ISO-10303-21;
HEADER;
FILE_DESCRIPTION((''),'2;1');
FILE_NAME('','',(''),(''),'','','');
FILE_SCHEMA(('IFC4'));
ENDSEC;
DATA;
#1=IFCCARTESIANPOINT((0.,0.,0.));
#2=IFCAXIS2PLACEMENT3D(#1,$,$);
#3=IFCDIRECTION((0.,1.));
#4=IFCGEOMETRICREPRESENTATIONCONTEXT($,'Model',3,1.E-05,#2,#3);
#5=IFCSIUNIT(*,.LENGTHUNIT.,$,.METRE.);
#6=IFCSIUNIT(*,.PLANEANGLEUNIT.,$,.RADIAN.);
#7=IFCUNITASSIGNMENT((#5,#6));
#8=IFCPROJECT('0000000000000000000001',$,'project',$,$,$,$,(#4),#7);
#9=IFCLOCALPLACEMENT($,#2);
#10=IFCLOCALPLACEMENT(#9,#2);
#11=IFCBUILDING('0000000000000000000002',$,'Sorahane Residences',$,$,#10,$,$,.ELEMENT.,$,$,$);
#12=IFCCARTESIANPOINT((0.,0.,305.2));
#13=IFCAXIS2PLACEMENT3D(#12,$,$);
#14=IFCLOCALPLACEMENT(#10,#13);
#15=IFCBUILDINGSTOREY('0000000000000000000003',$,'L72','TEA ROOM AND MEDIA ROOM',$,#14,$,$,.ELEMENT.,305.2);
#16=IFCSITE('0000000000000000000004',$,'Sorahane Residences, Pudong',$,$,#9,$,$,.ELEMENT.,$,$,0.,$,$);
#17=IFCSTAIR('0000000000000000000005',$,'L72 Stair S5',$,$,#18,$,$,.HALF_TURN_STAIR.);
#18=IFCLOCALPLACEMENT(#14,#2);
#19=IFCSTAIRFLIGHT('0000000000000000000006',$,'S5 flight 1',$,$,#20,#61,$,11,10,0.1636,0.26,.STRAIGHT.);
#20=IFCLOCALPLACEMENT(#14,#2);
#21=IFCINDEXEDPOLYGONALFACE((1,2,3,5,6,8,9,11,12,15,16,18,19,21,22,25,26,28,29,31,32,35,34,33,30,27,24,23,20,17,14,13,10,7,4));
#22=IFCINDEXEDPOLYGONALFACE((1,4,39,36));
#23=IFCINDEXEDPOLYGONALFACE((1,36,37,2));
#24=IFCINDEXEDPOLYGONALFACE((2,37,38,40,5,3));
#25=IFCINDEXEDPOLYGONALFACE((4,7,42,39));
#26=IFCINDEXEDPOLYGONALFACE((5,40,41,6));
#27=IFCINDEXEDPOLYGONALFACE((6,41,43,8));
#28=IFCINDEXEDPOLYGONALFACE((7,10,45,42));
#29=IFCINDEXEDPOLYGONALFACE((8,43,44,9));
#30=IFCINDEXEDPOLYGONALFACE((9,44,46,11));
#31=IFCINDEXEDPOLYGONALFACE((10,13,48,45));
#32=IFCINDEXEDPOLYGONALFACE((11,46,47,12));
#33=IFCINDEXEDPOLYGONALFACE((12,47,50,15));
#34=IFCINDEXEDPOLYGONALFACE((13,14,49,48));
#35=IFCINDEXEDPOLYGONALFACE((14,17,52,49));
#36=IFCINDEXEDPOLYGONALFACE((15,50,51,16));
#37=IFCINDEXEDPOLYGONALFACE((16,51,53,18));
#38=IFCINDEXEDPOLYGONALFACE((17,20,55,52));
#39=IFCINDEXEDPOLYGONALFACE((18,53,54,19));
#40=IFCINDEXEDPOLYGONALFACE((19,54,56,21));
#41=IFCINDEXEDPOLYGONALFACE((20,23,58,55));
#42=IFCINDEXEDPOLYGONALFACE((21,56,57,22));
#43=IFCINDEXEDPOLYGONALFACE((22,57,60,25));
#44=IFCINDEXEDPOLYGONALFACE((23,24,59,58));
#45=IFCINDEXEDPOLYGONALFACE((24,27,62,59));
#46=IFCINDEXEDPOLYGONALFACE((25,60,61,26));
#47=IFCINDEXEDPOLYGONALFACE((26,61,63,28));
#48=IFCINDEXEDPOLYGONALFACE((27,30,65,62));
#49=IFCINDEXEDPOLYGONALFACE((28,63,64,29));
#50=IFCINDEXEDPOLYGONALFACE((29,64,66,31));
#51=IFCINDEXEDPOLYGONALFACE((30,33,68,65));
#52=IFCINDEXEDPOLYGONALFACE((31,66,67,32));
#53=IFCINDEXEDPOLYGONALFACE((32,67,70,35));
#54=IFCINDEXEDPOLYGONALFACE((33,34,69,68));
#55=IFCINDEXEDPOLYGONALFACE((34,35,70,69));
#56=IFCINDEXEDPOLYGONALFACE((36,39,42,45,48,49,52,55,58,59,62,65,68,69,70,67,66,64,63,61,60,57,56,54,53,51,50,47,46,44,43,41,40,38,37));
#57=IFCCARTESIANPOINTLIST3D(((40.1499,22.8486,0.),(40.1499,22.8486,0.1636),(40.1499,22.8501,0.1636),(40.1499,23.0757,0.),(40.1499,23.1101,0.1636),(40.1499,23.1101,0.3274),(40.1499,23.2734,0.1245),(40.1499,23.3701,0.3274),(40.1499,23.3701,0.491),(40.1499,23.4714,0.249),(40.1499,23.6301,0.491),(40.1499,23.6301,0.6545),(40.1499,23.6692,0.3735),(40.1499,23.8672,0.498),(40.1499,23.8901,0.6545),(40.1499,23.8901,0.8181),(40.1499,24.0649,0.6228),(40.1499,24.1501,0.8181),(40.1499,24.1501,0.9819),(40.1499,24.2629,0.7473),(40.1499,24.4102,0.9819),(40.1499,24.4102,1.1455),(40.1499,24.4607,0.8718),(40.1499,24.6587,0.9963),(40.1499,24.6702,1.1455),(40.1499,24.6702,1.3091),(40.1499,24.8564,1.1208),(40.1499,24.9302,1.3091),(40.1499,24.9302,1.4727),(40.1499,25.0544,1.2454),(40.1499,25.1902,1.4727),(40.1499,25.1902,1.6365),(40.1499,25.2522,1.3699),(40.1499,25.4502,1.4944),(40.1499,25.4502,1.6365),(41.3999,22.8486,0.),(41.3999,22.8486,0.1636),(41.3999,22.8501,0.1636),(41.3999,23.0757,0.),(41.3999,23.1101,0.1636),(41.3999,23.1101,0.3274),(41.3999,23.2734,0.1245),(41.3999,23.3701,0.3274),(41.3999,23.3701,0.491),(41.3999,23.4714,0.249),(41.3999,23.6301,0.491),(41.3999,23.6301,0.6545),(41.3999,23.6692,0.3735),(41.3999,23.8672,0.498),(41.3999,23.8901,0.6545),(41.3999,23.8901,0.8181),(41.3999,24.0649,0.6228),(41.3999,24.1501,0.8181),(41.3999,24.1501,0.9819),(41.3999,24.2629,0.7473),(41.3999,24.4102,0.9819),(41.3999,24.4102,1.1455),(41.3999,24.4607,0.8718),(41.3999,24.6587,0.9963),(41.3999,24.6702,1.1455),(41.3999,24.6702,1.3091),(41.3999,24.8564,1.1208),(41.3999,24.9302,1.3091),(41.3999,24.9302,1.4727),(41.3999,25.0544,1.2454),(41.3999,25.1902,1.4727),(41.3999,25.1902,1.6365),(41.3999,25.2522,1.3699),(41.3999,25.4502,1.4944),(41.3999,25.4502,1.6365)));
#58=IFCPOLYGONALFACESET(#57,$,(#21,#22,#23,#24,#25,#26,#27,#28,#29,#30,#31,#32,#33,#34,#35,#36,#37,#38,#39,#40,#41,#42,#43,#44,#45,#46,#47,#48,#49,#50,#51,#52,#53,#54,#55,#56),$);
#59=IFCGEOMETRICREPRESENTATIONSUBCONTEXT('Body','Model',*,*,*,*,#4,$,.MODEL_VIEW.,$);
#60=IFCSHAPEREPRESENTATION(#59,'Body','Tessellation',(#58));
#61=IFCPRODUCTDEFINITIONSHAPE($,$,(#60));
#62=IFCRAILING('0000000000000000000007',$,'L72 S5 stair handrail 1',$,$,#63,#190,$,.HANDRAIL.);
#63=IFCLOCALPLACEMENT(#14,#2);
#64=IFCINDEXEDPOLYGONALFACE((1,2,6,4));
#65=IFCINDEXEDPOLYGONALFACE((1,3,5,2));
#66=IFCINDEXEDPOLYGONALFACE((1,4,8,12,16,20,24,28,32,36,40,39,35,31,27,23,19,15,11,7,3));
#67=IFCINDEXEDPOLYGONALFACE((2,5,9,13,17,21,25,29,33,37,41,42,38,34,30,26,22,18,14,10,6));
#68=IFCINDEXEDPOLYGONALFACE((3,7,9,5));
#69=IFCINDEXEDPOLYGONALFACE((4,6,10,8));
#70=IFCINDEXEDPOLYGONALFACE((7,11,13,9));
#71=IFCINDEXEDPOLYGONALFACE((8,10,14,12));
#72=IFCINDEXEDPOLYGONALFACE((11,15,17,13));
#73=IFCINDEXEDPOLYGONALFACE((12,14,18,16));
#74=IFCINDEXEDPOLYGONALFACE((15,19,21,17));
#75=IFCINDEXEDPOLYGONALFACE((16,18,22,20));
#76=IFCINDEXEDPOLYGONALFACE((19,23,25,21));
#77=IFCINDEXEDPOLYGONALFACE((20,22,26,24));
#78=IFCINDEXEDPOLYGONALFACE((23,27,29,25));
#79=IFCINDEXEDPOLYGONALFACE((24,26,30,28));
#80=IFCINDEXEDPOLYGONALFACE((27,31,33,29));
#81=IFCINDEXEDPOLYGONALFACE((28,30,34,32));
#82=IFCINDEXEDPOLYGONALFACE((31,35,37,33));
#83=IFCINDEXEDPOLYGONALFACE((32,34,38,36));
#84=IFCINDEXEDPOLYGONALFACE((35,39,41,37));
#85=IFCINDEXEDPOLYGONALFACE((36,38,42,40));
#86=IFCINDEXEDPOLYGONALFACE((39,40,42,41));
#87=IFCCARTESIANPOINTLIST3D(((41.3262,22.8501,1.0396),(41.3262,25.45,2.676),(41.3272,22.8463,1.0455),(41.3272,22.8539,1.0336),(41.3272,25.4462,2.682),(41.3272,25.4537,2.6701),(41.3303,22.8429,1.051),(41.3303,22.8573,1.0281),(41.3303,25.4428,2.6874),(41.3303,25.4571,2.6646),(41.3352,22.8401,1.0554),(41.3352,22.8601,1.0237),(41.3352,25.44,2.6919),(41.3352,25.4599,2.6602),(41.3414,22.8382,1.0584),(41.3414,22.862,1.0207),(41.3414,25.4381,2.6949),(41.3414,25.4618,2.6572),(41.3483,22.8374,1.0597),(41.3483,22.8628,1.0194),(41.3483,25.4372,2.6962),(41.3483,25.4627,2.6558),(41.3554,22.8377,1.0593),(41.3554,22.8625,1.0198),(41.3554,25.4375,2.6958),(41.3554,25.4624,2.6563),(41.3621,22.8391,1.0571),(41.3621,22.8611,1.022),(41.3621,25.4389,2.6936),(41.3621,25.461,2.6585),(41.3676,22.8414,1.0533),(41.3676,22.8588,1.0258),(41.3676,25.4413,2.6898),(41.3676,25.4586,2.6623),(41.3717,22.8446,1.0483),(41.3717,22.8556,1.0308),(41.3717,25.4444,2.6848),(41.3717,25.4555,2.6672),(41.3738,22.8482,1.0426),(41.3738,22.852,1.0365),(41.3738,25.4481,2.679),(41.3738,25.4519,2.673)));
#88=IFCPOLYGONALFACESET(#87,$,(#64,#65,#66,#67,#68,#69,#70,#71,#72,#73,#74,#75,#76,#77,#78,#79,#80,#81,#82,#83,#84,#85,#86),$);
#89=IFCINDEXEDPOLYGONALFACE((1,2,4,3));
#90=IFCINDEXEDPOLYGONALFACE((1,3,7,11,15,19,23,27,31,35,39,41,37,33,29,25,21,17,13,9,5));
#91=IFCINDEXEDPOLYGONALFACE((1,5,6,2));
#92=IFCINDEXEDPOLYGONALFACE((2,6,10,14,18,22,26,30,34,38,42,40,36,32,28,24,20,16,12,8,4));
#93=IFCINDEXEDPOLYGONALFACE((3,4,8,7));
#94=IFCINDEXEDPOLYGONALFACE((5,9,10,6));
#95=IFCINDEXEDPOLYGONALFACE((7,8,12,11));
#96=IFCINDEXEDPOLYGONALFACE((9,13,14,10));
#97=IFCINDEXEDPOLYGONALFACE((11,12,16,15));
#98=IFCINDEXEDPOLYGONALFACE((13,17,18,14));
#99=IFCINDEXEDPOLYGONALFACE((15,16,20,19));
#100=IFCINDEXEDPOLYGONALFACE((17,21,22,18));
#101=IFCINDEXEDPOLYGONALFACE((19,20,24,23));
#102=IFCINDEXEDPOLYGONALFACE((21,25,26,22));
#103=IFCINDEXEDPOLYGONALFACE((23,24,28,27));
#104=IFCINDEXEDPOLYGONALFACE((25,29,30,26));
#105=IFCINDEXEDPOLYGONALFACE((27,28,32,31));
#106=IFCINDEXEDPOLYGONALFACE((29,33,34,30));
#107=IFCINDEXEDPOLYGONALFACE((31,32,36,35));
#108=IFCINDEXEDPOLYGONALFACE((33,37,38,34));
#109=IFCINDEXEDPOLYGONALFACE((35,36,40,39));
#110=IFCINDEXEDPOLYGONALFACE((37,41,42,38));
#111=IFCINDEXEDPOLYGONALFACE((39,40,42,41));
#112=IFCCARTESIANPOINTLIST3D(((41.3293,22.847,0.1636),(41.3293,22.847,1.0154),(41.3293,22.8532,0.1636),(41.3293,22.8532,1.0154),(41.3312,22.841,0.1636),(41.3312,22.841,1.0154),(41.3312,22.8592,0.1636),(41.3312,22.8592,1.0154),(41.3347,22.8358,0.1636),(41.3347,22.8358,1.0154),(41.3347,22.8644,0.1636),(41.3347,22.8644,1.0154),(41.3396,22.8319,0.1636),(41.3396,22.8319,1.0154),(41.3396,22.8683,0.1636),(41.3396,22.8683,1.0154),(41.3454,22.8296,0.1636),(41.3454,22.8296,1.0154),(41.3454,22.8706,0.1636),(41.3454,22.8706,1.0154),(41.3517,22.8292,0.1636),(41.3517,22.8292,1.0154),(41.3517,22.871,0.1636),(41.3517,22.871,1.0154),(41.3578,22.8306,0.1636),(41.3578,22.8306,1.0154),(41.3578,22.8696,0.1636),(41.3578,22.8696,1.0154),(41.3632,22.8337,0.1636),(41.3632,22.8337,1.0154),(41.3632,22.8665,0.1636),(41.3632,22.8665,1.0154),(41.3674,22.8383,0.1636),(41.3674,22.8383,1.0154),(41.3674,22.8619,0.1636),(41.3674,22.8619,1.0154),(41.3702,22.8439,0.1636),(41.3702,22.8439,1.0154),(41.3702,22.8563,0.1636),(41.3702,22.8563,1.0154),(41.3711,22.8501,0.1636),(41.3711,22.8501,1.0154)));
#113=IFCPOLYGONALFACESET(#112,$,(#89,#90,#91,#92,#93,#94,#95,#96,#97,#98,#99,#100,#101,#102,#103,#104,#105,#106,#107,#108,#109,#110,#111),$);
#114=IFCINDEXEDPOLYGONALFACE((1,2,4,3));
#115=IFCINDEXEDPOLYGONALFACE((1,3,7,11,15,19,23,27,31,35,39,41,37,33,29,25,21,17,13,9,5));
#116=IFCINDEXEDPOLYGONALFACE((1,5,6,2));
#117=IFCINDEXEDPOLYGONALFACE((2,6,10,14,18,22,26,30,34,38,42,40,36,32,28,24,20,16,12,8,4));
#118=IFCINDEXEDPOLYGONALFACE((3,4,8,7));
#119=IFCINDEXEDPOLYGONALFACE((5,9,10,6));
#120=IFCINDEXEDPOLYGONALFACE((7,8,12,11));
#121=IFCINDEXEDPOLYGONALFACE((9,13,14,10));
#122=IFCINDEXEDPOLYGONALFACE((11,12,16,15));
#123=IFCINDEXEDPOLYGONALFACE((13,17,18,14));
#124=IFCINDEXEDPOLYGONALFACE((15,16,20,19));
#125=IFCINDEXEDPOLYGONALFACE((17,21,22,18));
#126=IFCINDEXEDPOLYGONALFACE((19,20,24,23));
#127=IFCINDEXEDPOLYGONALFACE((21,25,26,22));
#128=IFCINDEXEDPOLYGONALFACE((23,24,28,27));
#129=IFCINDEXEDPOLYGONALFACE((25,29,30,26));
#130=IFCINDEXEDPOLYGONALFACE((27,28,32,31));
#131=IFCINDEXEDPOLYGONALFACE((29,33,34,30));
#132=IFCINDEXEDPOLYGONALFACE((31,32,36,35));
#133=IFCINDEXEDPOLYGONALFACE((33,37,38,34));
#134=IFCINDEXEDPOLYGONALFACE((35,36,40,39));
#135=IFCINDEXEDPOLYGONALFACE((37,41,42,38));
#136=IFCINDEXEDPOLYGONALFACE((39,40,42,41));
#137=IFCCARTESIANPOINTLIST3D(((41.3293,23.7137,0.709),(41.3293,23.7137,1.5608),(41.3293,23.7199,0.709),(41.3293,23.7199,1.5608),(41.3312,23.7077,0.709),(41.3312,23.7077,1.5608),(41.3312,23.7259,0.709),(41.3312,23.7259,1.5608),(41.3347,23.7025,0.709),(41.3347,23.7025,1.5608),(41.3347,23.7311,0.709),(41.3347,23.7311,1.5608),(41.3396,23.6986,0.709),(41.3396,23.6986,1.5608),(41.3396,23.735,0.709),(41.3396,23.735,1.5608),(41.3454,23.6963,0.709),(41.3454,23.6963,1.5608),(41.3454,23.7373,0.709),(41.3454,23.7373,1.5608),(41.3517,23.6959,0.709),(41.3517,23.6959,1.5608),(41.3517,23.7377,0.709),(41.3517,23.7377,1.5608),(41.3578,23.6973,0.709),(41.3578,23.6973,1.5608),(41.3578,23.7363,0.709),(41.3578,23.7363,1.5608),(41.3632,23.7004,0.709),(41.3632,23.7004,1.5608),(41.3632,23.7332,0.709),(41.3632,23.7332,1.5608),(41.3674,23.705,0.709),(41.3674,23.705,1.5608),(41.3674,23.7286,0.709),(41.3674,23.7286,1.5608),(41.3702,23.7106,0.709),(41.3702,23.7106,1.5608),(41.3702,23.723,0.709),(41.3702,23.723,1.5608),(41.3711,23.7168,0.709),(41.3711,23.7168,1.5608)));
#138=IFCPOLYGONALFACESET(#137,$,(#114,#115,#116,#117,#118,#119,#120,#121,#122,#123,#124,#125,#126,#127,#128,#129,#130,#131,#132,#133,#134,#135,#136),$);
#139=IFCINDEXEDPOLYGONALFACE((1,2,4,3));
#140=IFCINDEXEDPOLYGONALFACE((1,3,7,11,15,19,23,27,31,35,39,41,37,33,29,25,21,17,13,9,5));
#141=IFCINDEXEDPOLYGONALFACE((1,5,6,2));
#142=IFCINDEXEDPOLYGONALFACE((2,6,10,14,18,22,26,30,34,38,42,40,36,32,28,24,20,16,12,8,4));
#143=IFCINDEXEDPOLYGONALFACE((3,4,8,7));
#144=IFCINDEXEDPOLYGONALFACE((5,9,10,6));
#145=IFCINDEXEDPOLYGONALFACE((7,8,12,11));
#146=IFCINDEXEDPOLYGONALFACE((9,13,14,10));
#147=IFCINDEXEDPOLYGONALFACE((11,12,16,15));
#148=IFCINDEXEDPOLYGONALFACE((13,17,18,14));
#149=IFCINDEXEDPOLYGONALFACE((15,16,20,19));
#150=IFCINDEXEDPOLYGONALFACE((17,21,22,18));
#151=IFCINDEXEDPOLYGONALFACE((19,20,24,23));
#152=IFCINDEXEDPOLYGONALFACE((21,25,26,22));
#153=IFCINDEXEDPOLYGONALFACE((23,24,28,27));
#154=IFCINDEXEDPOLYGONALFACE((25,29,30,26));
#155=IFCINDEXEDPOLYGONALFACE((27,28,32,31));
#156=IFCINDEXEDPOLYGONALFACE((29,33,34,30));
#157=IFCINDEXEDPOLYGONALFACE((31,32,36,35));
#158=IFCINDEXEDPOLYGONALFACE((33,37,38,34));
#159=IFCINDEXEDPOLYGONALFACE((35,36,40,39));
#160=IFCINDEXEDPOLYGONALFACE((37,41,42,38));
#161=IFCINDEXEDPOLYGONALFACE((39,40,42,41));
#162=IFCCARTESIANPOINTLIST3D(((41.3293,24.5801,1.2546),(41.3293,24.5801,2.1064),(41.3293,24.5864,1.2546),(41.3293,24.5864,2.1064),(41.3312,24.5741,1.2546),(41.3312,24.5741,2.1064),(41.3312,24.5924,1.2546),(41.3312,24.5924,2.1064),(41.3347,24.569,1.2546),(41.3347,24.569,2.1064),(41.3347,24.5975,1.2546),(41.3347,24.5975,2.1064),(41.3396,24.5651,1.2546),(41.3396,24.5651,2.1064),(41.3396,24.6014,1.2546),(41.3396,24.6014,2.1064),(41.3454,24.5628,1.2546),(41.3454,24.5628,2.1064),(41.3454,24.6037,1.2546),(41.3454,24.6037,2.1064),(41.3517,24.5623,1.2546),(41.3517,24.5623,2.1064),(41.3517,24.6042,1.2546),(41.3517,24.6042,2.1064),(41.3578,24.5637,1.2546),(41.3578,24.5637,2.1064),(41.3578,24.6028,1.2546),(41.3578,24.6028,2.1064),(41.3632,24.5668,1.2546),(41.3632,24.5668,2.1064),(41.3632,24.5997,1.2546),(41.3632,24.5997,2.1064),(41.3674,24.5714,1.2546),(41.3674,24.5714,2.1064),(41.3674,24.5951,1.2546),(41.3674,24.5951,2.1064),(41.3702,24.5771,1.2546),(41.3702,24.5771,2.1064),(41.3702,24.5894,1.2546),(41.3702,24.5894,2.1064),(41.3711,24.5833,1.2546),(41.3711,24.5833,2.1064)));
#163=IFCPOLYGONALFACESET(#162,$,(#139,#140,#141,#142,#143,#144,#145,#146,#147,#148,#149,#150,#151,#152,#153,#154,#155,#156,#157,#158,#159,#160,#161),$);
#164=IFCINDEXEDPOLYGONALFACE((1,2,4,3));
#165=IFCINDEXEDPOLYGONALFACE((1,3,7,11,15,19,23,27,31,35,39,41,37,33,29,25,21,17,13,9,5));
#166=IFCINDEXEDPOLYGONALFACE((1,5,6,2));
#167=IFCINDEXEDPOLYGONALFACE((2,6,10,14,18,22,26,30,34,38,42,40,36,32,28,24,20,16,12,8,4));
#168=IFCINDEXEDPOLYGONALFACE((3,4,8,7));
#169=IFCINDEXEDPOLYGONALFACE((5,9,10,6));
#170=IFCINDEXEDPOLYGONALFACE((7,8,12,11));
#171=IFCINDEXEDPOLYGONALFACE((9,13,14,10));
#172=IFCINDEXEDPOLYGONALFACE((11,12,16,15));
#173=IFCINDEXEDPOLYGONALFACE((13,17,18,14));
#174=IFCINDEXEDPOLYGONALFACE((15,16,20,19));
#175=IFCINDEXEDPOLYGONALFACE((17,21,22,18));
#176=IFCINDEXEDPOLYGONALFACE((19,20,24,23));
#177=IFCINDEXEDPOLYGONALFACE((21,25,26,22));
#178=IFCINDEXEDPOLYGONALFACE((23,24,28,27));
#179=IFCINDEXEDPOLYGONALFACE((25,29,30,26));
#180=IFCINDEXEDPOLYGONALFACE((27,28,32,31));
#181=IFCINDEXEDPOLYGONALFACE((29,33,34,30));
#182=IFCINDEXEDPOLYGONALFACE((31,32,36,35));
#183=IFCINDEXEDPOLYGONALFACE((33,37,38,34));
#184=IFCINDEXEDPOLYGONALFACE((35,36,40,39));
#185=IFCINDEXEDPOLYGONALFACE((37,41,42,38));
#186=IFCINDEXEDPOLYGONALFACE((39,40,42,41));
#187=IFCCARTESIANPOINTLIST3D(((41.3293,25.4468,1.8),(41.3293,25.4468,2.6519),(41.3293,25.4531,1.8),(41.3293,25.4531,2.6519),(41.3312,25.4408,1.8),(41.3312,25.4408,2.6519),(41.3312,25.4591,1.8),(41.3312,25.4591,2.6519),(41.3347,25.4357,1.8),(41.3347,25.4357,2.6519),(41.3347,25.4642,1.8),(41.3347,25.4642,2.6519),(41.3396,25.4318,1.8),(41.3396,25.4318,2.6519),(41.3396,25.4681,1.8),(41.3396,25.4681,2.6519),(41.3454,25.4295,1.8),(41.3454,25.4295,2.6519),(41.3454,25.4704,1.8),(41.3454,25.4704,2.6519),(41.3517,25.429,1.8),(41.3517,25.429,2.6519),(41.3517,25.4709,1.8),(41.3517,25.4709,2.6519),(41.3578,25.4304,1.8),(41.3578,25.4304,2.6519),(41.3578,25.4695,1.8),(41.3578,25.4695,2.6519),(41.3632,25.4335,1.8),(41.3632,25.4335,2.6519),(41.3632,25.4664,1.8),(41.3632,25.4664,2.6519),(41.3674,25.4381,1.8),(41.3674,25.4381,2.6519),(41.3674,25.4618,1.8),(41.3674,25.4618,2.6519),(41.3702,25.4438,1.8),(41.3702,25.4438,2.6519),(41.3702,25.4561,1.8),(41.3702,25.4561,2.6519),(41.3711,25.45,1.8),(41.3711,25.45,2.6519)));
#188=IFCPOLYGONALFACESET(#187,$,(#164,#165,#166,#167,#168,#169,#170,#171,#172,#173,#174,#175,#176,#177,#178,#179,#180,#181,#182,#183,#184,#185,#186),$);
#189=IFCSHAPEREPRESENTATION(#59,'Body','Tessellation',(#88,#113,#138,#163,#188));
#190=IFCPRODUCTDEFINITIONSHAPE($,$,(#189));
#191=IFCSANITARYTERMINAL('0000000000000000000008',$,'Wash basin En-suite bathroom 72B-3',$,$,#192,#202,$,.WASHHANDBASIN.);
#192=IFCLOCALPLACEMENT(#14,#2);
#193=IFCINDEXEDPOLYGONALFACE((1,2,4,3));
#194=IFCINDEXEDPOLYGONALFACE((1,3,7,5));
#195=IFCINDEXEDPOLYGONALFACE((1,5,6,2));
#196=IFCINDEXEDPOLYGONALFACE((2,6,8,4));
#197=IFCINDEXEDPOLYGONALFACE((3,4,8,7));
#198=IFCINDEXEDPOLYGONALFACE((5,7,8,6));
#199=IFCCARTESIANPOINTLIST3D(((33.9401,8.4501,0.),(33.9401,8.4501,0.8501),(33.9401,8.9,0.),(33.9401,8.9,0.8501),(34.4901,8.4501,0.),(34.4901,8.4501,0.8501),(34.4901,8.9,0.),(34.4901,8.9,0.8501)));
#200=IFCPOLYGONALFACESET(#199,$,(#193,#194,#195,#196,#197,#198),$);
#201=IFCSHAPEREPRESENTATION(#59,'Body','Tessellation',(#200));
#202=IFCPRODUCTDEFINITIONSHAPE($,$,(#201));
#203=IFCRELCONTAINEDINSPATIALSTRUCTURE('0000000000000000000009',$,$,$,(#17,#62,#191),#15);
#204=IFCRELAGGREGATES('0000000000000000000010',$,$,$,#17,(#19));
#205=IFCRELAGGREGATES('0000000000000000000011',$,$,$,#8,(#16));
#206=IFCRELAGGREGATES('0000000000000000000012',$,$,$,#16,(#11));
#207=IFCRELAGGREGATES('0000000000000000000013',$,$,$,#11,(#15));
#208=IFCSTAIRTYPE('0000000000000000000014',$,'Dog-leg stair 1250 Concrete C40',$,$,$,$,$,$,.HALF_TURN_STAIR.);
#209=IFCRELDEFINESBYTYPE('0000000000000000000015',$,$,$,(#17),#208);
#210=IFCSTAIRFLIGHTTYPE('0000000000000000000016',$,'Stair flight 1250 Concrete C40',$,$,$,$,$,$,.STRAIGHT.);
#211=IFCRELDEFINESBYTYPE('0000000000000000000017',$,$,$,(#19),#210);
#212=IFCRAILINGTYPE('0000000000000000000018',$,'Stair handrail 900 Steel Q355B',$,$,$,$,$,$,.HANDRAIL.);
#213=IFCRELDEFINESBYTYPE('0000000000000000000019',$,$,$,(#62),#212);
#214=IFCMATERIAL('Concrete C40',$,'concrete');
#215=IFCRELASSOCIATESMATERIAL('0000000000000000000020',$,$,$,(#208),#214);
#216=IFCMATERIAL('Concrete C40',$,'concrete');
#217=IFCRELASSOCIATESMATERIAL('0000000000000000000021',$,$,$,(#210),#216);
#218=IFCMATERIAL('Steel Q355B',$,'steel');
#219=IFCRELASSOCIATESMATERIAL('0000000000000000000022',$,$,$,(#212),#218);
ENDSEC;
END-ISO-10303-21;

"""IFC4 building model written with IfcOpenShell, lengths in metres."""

from ifc_helpers import new_model, si_unit, direction, frame, origin, origin_2d, place, context, subcontext, project, spatial, polyline, rectangle, circle, outline, extrude, material, type_object, element, aggregate, save


model = new_model("IFC4")

# Units and contexts
model_context = context("Model", 3, precision=1e-05, world=origin(), true_north=direction((0.0, 1.0)))
body_context = subcontext(model_context, "Body", "Model", "MODEL_VIEW")
ifc_project = project(units=[si_unit("LENGTHUNIT", "METRE"), si_unit("PLANEANGLEUNIT", "RADIAN")], contexts=[model_context])

# Site, building, storey
site_placement = place(None, origin())
site = spatial("IfcSite", under=ifc_project, at=site_placement, Name="Sorahane Residences, Pudong", CompositionType="ELEMENT", RefElevation=0.0)
building_placement = place(site_placement, origin())
building = spatial("IfcBuilding", under=site, at=building_placement, Name="Sorahane Residences", CompositionType="ELEMENT")
storey_placement = place(building_placement, frame((0.0, 0.0, 305.2)))
storey = spatial("IfcBuildingStorey", under=building, at=storey_placement, Name="L72", Description="TEA ROOM AND MEDIA ROOM", CompositionType="ELEMENT", Elevation=305.2)

# Stair, stair flight
ifc_material_1 = material(Name="Concrete C40", Category="concrete")
stair_type = type_object("IfcStairType", Name="Dog-leg stair 1250 Concrete C40", PredefinedType="HALF_TURN_STAIR", material=ifc_material_1)
stair_placement = place(storey_placement, origin())
stair = element("IfcStair", 1, at=stair_placement, inside=storey, type_object=stair_type, Name="L72 Stair S5", PredefinedType="HALF_TURN_STAIR")
ifc_material_2 = material(Name="Concrete C40", Category="concrete")
stair_flight_type = type_object("IfcStairFlightType", Name="Stair flight 1250 Concrete C40", PredefinedType="STRAIGHT", material=ifc_material_2)
stair_flight_placement = place(storey_placement, frame((40.7749, 22.8501, 0.0), z_axis=(0.0, 0.0, 1.0), x_axis=(0.0, 1.0, 0.0)))
stair_flight = element("IfcStairFlight", 2, at=stair_flight_placement, type_object=stair_flight_type, Name="S5 flight 1", NumberOfRisers=11, NumberOfTreads=10, PredefinedType="STRAIGHT", RiserHeight=0.1636, TreadLength=0.26, context=body_context, shape_type="SweptSolid", body=[
    extrude(outline(polyline([(-0.0015, 0.0), (-0.0015, 0.1636), (0.0, 0.1636), (0.26, 0.1636), (0.26, 0.3274), (0.52, 0.3274), (0.52, 0.491), (0.78, 0.491), (0.78, 0.6545), (1.04, 0.6545), (1.04, 0.8181), (1.3, 0.8181), (1.3, 0.9819), (1.5601, 0.9819), (1.5601, 1.1455), (1.8201, 1.1455), (1.8201, 1.3091), (2.0801, 1.3091), (2.0801, 1.4727), (2.3401, 1.4727), (2.3401, 1.6365), (2.6001, 1.6365), (2.6001, 1.8), (2.6001, 1.4944), (2.4021, 1.3699), (2.2043, 1.2454), (2.0063, 1.1208), (1.8086, 0.9963), (1.6106, 0.8718), (1.4128, 0.7473), (1.2148, 0.6228), (1.0171, 0.498), (0.8191, 0.3735), (0.6213, 0.249), (0.4233, 0.1245), (0.2256, 0.0), (-0.0015, 0.0)])), frame((0.0, 0.625, 0.0), z_axis=(0.0, -1.0, 0.0), x_axis=(1.0, 0.0, 0.0)), (0.0, 0.0, 1.0), 1.25),
])
aggregate(stair, [stair_flight])

# Railing
ifc_material_3 = material(Name="Steel Q355B", Category="steel")
railing_type_1 = type_object("IfcRailingType", Name="Stair handrail 900 Steel Q355B", PredefinedType="HANDRAIL", material=ifc_material_3)
railing_1_placement = place(storey_placement, frame((41.3501, 22.8501, 0.1636)))
element("IfcRailing", 3, at=railing_1_placement, inside=storey, type_object=railing_type_1, Name="L72 S5 stair handrail 1", PredefinedType="HANDRAIL", context=body_context, shape_type="SweptSolid", body=[
    extrude(circle(Radius=0.0239, at=origin_2d()), frame((0.0, 0.0, 0.876), z_axis=(0.0, 0.846302, 0.532704), x_axis=(-1.0, 0.0, 0.0)), (0.0, 0.0, 1.0), 3.072),
    extrude(circle(Radius=0.021, at=origin_2d()), origin(), (0.0, 0.0, 1.0), 0.8518),
    extrude(circle(Radius=0.021, at=origin_2d()), frame((0.0, 0.8667, 0.5454)), (0.0, 0.0, 1.0), 0.8518),
    extrude(circle(Radius=0.021, at=origin_2d()), frame((0.0, 1.7332, 1.0911)), (0.0, 0.0, 1.0), 0.8518),
    extrude(circle(Radius=0.021, at=origin_2d()), frame((0.0, 2.5999, 1.6365)), (0.0, 0.0, 1.0), 0.8518),
])

# Sanitary terminal
sanitary_terminal_placement = place(storey_placement, frame((34.2151, 8.675, 0.0), z_axis=(0.0, 0.0, 1.0), x_axis=(1.0, 0.0, 0.0)))
element("IfcSanitaryTerminal", 4, at=sanitary_terminal_placement, inside=storey, Name="Wash basin En-suite bathroom 72B-3", PredefinedType="WASHHANDBASIN", context=body_context, shape_type="SweptSolid", body=[
    extrude(rectangle(XDim=0.55, YDim=0.45, at=origin_2d()), origin(), (0.0, 0.0, 1.0), 0.8501),
])

save(model, "model.ifc")
